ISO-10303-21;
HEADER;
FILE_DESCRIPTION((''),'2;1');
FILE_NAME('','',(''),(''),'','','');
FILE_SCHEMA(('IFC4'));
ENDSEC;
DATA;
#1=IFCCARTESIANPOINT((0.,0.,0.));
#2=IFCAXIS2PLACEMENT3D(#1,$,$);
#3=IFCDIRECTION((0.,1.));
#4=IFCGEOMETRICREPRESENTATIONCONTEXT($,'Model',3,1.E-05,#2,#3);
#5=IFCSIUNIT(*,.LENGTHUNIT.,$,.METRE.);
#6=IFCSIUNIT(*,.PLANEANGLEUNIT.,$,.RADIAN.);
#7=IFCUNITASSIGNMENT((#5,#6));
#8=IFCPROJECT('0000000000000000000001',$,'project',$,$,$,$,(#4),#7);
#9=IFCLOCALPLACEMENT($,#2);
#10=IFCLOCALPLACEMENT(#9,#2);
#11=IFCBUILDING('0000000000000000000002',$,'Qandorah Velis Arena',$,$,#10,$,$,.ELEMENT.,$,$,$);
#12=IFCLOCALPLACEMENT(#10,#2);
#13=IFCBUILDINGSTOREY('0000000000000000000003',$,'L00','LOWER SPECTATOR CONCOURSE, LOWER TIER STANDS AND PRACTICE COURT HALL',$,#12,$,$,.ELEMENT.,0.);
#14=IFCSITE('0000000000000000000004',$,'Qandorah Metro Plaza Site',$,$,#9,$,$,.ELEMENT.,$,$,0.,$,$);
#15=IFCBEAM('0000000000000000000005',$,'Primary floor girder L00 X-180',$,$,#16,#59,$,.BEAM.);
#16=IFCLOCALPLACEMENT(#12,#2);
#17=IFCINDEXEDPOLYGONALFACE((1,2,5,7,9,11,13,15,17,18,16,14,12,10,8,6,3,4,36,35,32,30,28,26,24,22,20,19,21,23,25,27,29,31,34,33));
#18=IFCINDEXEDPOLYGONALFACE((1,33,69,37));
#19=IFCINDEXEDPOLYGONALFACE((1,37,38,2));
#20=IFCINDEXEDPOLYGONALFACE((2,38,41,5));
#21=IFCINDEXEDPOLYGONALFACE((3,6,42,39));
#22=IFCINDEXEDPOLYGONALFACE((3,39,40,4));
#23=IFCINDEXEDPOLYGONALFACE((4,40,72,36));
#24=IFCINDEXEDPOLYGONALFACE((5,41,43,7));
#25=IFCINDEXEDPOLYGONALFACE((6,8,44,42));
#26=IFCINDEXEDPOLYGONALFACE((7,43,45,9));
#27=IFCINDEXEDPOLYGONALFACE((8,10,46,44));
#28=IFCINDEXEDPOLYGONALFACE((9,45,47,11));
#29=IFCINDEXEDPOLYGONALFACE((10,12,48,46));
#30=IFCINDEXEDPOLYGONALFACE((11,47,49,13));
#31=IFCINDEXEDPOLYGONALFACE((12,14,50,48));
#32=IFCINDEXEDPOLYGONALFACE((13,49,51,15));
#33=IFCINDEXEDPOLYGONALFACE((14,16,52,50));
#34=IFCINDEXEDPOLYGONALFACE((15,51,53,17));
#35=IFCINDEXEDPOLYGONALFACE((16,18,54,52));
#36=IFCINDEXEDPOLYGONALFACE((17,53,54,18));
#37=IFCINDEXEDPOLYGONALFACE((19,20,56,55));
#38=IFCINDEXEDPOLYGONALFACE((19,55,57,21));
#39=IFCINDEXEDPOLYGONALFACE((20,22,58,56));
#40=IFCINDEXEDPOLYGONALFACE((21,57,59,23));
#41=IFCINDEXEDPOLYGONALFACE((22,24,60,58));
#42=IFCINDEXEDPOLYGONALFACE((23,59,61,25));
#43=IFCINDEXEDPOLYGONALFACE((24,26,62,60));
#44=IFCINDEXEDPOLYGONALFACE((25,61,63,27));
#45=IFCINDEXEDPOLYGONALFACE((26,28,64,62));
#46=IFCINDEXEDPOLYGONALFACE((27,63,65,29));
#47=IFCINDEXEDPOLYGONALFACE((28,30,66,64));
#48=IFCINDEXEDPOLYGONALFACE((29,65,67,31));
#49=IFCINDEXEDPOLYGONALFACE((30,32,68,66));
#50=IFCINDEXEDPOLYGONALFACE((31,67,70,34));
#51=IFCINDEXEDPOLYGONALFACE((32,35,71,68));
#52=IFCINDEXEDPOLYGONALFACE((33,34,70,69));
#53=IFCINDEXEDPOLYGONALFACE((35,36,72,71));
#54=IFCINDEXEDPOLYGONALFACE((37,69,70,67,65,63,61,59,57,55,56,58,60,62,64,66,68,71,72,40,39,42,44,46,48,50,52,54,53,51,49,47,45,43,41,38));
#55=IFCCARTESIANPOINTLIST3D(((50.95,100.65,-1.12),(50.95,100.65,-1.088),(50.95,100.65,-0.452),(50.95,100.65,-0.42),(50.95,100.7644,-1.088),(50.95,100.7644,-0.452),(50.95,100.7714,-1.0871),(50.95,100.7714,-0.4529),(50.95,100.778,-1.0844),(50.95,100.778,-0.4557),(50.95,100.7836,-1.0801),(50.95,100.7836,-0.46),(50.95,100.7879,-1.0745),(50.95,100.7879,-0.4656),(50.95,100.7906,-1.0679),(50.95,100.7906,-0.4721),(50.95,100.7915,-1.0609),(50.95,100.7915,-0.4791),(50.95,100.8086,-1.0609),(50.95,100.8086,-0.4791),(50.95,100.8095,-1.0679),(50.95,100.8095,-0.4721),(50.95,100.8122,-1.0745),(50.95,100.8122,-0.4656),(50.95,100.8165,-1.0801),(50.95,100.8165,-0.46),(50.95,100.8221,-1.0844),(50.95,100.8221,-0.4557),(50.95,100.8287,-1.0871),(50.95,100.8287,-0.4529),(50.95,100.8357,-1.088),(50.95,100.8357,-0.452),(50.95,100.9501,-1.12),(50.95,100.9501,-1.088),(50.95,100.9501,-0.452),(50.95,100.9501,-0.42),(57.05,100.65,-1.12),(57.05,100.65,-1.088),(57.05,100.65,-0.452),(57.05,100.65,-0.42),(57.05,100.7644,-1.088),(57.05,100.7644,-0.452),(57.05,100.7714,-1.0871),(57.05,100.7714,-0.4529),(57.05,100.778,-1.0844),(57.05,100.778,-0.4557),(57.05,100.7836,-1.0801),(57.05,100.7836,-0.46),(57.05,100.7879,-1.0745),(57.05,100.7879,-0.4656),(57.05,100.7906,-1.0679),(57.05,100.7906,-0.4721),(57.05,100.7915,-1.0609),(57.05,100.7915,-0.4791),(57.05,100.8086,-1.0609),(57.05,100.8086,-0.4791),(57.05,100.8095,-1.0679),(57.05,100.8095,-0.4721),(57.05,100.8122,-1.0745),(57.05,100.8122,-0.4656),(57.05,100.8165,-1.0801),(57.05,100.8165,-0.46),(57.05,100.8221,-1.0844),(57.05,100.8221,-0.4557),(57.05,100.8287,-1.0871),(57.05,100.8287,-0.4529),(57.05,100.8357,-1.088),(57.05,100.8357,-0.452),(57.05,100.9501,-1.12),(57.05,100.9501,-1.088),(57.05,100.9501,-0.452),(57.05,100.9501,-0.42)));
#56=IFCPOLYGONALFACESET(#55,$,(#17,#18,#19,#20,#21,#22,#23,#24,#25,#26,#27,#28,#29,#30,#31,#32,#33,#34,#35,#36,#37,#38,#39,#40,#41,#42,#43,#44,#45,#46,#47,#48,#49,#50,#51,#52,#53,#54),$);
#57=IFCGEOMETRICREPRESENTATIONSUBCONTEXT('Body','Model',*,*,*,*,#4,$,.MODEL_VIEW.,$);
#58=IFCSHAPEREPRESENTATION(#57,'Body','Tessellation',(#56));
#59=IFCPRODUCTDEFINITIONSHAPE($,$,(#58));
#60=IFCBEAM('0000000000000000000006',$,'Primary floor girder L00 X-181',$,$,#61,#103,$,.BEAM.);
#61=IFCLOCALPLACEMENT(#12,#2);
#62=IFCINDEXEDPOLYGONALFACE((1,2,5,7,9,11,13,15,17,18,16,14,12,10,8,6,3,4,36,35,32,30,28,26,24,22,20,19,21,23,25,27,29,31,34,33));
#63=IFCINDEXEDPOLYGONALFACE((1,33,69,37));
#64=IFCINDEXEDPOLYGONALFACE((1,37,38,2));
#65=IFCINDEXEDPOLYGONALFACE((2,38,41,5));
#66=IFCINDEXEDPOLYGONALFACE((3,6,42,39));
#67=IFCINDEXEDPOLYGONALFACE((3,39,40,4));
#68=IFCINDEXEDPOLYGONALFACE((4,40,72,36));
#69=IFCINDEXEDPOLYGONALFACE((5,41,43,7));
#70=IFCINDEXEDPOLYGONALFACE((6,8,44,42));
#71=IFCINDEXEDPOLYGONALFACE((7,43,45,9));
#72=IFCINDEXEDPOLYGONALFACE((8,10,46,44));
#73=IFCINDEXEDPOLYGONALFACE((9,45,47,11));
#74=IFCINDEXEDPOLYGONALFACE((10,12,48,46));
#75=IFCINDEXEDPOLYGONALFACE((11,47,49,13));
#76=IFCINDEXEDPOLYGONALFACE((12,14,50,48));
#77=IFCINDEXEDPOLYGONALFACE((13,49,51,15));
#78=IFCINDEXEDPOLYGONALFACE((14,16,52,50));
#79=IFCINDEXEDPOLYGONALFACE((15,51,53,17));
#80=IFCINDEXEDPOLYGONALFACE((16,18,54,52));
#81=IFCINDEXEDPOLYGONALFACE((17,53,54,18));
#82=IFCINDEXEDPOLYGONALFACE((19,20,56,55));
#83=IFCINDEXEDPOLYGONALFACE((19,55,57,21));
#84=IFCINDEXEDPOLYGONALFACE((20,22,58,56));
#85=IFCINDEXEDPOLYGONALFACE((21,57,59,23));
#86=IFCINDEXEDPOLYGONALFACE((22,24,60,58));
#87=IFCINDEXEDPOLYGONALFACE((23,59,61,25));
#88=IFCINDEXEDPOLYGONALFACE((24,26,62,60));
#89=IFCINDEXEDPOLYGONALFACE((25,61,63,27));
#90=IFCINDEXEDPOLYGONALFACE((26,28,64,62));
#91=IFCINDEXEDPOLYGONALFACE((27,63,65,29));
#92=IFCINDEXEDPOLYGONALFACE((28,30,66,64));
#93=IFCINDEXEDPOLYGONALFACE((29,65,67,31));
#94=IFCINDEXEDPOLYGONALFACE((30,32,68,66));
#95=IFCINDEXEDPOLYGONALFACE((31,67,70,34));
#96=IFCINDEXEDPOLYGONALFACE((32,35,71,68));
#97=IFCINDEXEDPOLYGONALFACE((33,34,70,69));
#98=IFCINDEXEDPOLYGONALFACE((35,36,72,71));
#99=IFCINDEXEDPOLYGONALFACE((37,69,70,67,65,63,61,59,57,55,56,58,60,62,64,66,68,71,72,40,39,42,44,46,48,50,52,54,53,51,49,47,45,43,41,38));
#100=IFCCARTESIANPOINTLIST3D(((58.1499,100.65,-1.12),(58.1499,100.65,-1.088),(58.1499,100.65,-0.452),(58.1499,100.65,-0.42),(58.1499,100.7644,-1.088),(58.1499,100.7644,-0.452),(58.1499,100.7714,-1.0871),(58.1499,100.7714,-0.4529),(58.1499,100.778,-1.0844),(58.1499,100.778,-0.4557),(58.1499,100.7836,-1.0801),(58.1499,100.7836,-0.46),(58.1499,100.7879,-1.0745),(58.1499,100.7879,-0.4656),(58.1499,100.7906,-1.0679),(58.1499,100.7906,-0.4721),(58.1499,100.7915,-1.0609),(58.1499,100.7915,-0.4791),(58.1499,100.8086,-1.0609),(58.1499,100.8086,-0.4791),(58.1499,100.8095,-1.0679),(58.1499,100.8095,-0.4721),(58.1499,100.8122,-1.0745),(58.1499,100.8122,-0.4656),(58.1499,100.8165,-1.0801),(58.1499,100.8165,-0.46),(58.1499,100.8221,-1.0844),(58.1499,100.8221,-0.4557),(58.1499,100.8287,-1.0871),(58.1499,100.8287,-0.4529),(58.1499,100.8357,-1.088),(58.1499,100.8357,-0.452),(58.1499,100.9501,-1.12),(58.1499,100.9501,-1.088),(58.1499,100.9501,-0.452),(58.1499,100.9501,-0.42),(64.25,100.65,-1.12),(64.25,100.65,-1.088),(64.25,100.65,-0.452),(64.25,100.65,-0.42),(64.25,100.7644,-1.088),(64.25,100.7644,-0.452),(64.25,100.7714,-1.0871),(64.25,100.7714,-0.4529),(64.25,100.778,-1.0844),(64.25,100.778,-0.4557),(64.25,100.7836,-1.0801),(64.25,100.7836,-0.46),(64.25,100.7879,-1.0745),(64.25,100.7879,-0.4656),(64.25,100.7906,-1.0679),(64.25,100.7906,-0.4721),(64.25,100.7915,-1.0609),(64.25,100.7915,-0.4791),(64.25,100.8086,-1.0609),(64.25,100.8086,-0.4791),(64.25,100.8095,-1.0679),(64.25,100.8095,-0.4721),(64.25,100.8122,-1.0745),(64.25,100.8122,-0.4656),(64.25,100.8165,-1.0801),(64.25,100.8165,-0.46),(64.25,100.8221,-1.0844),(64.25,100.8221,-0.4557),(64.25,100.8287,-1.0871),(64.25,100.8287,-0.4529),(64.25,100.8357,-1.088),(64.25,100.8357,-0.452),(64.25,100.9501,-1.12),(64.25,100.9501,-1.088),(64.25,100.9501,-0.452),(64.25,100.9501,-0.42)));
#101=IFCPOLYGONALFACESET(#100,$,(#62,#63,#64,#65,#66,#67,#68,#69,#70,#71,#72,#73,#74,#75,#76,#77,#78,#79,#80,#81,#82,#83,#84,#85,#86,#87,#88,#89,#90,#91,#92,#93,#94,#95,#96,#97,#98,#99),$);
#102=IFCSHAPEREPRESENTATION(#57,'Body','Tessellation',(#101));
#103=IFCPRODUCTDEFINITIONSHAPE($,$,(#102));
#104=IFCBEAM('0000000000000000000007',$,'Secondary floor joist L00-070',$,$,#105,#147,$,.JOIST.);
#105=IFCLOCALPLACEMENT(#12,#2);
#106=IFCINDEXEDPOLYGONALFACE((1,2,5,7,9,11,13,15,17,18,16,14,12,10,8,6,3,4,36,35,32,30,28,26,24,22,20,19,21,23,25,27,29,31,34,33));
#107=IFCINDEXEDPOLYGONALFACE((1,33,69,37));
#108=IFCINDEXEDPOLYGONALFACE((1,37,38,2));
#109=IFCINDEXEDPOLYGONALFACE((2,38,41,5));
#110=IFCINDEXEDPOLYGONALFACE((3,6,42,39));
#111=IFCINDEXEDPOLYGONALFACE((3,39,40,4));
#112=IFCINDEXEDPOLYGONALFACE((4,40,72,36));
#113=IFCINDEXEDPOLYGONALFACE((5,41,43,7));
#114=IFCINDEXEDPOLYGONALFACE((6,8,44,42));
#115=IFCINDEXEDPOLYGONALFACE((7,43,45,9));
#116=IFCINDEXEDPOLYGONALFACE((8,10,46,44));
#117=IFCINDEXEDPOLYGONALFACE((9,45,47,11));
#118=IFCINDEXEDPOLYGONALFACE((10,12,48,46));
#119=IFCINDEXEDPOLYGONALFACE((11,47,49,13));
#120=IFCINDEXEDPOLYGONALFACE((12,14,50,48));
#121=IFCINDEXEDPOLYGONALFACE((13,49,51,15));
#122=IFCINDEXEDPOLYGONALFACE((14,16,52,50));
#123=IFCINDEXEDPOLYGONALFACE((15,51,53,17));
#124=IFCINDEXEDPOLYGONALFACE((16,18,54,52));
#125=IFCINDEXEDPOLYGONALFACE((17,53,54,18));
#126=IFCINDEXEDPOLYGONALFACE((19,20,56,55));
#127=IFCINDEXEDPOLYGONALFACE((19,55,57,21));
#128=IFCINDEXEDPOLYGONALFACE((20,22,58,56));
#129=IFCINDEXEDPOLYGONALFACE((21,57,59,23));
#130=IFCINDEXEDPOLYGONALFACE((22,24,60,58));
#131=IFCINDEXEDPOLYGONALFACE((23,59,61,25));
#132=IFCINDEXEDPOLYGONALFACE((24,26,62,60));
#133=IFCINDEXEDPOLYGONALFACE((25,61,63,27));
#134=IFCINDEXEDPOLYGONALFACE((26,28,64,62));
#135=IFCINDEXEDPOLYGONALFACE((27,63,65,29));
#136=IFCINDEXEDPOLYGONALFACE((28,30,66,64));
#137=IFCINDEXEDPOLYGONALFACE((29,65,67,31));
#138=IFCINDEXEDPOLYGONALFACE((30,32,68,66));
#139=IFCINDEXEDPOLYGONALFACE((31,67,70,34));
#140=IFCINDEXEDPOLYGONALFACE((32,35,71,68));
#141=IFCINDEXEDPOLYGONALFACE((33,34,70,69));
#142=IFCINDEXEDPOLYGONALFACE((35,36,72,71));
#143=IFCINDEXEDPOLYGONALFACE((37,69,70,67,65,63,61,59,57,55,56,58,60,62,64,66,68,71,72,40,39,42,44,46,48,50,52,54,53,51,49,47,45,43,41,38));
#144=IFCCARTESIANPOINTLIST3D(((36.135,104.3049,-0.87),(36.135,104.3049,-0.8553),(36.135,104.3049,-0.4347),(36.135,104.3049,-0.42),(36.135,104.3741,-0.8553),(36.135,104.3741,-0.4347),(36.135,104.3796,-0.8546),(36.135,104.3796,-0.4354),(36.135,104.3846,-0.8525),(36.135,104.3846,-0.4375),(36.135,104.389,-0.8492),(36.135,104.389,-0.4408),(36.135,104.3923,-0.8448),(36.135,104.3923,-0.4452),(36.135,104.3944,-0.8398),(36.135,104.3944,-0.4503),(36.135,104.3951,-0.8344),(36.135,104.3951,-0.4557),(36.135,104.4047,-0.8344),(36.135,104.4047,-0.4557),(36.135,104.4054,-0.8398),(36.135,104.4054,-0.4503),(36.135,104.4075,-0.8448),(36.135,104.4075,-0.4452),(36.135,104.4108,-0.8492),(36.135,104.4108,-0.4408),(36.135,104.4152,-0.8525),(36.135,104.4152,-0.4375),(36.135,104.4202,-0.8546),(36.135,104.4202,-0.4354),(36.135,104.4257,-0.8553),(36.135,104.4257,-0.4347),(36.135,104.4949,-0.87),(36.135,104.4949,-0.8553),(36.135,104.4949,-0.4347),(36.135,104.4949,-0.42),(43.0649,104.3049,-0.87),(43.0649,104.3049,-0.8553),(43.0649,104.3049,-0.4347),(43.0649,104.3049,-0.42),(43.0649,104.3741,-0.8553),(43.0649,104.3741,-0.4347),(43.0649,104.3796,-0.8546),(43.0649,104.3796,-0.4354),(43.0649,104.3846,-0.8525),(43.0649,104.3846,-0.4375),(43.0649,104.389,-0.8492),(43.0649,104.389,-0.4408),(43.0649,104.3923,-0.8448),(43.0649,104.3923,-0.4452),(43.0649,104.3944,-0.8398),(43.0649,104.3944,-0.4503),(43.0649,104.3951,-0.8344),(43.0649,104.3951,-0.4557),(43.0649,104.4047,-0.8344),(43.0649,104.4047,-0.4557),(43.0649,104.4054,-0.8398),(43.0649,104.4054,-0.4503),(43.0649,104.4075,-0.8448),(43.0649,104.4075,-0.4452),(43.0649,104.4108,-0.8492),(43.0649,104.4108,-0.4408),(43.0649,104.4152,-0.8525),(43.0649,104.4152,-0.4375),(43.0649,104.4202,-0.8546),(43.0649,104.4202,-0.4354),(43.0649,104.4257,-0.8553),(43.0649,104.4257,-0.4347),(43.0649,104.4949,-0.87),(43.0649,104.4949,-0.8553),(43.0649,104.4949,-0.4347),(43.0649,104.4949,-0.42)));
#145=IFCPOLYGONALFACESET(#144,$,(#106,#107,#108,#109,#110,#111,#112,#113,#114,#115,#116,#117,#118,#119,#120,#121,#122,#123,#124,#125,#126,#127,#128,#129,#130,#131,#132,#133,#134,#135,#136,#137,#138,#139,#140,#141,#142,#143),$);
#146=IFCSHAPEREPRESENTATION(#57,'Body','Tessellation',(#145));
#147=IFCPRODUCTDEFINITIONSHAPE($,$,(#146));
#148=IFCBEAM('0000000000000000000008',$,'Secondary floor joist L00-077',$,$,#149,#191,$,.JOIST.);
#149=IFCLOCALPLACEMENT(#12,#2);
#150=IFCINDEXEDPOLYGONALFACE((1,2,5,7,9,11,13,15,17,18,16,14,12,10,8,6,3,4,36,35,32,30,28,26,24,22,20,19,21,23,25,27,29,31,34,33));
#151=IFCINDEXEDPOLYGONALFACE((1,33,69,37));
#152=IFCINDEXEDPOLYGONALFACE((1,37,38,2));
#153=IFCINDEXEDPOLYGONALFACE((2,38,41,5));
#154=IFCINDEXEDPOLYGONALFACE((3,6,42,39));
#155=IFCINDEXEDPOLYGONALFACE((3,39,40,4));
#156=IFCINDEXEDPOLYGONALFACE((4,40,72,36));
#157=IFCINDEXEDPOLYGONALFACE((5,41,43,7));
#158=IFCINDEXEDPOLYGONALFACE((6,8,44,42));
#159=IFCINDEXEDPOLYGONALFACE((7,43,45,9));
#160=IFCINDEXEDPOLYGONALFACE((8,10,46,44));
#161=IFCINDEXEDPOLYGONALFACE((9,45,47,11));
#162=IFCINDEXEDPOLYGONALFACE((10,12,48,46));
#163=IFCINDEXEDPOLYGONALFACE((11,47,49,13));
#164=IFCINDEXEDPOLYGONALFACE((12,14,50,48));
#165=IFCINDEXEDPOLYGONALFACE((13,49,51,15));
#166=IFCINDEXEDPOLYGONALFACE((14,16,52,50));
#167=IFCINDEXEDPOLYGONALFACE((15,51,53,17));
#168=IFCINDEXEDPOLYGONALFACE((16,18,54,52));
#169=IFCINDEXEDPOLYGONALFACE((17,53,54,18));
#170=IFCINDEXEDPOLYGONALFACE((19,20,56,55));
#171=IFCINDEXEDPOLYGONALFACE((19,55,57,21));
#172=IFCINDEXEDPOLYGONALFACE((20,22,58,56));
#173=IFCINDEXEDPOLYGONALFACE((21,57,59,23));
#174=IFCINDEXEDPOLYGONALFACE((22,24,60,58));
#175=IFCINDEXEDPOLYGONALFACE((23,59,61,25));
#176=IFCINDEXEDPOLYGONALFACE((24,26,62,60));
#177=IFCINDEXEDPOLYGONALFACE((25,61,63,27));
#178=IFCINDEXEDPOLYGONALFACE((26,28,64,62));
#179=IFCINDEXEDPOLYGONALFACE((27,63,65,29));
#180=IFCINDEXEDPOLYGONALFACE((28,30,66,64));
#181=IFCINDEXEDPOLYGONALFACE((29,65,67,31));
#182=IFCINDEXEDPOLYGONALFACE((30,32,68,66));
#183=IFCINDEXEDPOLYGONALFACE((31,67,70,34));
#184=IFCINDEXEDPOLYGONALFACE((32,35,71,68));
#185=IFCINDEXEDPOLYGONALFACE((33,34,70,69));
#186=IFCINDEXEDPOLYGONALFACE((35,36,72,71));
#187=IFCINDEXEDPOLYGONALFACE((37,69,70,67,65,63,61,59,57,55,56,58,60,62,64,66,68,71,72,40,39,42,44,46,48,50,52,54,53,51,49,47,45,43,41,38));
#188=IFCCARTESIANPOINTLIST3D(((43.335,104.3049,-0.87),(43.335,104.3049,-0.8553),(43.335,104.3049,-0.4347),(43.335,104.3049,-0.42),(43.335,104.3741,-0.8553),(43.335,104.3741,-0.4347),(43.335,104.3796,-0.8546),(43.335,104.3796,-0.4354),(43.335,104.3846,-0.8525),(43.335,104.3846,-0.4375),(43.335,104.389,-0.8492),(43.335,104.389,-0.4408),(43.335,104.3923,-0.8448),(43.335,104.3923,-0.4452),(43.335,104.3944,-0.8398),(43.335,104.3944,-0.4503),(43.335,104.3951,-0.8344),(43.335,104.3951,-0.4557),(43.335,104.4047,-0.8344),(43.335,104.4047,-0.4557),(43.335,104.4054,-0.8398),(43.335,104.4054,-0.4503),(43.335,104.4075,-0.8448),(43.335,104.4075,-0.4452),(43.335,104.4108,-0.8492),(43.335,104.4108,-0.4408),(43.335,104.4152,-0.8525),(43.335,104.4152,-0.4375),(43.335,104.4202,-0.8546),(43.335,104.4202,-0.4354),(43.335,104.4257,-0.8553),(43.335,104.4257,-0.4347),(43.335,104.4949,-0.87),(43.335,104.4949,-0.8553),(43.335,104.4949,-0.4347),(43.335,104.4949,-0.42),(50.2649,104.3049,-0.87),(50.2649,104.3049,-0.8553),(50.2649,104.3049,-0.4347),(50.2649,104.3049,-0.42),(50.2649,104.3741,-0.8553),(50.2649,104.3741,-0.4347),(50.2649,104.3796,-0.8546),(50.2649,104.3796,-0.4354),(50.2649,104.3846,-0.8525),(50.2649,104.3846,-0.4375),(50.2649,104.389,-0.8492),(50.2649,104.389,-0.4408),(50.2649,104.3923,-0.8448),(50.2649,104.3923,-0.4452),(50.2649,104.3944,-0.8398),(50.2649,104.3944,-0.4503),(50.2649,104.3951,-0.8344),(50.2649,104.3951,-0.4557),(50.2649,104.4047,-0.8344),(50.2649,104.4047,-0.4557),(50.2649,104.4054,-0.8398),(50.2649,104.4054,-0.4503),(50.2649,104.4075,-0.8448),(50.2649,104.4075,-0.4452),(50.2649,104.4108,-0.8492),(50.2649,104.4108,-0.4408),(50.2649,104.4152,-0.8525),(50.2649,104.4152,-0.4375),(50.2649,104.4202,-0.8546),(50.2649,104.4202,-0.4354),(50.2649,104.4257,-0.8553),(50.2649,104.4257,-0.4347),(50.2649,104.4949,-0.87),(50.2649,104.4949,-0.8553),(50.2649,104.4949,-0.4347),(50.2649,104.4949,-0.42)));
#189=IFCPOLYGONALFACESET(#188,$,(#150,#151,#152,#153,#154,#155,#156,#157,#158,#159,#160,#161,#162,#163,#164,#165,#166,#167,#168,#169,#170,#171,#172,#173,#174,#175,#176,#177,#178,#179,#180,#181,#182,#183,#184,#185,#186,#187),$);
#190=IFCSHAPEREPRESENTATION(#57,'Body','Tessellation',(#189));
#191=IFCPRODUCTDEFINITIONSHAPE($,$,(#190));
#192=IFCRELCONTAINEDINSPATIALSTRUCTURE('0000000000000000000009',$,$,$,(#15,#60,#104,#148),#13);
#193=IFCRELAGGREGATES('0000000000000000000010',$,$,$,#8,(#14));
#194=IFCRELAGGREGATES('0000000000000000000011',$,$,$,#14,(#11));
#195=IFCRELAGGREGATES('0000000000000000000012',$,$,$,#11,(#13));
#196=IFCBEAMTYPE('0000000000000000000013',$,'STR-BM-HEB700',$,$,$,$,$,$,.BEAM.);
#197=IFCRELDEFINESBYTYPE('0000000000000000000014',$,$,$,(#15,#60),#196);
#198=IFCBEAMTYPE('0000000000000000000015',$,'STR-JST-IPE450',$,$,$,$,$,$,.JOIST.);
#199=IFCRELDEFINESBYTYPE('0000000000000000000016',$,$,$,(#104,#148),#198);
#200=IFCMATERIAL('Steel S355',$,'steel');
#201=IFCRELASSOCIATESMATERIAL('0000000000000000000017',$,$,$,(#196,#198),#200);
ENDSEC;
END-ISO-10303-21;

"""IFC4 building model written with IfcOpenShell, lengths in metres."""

from ifc_helpers import new_model, si_unit, direction, frame, origin, origin_2d, place, context, subcontext, project, spatial, i_section, extrude, material, material_profile, profile_set, type_object, element, save


model = new_model("IFC4")

# Units and contexts
model_context = context("Model", 3, precision=1e-05, world=origin(), true_north=direction((0.0, 1.0)))
body_context = subcontext(model_context, "Body", "Model", "MODEL_VIEW")
ifc_project = project(units=[si_unit("LENGTHUNIT", "METRE"), si_unit("PLANEANGLEUNIT", "RADIAN")], contexts=[model_context])

# Site, building, storey
site_placement = place(None, origin())
site = spatial("IfcSite", under=ifc_project, at=site_placement, Name="Qandorah Metro Plaza Site", CompositionType="ELEMENT", RefElevation=0.0)
building_placement = place(site_placement, origin())
building = spatial("IfcBuilding", under=site, at=building_placement, Name="Qandorah Velis Arena", CompositionType="ELEMENT")
storey_placement = place(building_placement, origin())
storey = spatial("IfcBuildingStorey", under=building, at=storey_placement, Name="L00", Description="LOWER SPECTATOR CONCOURSE, LOWER TIER STANDS AND PRACTICE COURT HALL", CompositionType="ELEMENT", Elevation=0.0)

# Beams
ifc_material_1 = material(Name="Steel S355", Category="steel")
ifc_material_profile_1 = material_profile(ifc_material_1, i_section(OverallWidth=0.3, OverallDepth=0.7, WebThickness=0.0171, FlangeThickness=0.032, FilletRadius=0.0271, at=origin_2d()), Name="HEB 700")
ifc_profile_set_1 = profile_set([ifc_material_profile_1], Name="Steel S355")
beam_type_1 = type_object("IfcBeamType", Name="STR-BM-HEB700", PredefinedType="BEAM", material=ifc_profile_set_1)
for number, where, z_axis, x_axis, name in (
    (1, (50.95, 100.8, -0.77), (1.0, 0.0, 0.0), (0.0, 1.0, 0.0), "Primary floor girder L00 X-180"),
    (2, (58.1499, 100.8, -0.77), (1.0, 0.0, 0.0), (0.0, 1.0, 0.0), "Primary floor girder L00 X-181"),
):
    element("IfcBeam", number, at=place(storey_placement, frame(where, z_axis=z_axis, x_axis=x_axis)), inside=storey, type_object=beam_type_1, Name=name, PredefinedType="BEAM", context=body_context, shape_type="SweptSolid", body=[
        extrude(i_section(OverallWidth=0.3, OverallDepth=0.7, WebThickness=0.0171, FlangeThickness=0.032, FilletRadius=0.0271, at=origin_2d()), origin(), (0.0, 0.0, 1.0), 6.1001),
    ])
ifc_material_profile_2 = material_profile(ifc_material_1, i_section(OverallWidth=0.1899, OverallDepth=0.45, WebThickness=0.0095, FlangeThickness=0.0146, FilletRadius=0.021, at=origin_2d()), Name="IPE 450")
ifc_profile_set_2 = profile_set([ifc_material_profile_2], Name="Steel S355")
beam_type_2 = type_object("IfcBeamType", Name="STR-JST-IPE450", PredefinedType="JOIST", material=ifc_profile_set_2)
for number, where, z_axis, x_axis, name in (
    (3, (36.135, 104.3999, -0.645), (1.0, 0.0, 0.0), (0.0, 1.0, 0.0), "Secondary floor joist L00-070"),
    (4, (43.335, 104.3999, -0.645), (1.0, 0.0, 0.0), (0.0, 1.0, 0.0), "Secondary floor joist L00-077"),
):
    element("IfcBeam", number, at=place(storey_placement, frame(where, z_axis=z_axis, x_axis=x_axis)), inside=storey, type_object=beam_type_2, Name=name, PredefinedType="JOIST", context=body_context, shape_type="SweptSolid", body=[
        extrude(i_section(OverallWidth=0.1899, OverallDepth=0.45, WebThickness=0.0095, FlangeThickness=0.0146, FilletRadius=0.021, at=origin_2d()), origin(), (0.0, 0.0, 1.0), 6.9299),
    ])

save(model, "model.ifc")
